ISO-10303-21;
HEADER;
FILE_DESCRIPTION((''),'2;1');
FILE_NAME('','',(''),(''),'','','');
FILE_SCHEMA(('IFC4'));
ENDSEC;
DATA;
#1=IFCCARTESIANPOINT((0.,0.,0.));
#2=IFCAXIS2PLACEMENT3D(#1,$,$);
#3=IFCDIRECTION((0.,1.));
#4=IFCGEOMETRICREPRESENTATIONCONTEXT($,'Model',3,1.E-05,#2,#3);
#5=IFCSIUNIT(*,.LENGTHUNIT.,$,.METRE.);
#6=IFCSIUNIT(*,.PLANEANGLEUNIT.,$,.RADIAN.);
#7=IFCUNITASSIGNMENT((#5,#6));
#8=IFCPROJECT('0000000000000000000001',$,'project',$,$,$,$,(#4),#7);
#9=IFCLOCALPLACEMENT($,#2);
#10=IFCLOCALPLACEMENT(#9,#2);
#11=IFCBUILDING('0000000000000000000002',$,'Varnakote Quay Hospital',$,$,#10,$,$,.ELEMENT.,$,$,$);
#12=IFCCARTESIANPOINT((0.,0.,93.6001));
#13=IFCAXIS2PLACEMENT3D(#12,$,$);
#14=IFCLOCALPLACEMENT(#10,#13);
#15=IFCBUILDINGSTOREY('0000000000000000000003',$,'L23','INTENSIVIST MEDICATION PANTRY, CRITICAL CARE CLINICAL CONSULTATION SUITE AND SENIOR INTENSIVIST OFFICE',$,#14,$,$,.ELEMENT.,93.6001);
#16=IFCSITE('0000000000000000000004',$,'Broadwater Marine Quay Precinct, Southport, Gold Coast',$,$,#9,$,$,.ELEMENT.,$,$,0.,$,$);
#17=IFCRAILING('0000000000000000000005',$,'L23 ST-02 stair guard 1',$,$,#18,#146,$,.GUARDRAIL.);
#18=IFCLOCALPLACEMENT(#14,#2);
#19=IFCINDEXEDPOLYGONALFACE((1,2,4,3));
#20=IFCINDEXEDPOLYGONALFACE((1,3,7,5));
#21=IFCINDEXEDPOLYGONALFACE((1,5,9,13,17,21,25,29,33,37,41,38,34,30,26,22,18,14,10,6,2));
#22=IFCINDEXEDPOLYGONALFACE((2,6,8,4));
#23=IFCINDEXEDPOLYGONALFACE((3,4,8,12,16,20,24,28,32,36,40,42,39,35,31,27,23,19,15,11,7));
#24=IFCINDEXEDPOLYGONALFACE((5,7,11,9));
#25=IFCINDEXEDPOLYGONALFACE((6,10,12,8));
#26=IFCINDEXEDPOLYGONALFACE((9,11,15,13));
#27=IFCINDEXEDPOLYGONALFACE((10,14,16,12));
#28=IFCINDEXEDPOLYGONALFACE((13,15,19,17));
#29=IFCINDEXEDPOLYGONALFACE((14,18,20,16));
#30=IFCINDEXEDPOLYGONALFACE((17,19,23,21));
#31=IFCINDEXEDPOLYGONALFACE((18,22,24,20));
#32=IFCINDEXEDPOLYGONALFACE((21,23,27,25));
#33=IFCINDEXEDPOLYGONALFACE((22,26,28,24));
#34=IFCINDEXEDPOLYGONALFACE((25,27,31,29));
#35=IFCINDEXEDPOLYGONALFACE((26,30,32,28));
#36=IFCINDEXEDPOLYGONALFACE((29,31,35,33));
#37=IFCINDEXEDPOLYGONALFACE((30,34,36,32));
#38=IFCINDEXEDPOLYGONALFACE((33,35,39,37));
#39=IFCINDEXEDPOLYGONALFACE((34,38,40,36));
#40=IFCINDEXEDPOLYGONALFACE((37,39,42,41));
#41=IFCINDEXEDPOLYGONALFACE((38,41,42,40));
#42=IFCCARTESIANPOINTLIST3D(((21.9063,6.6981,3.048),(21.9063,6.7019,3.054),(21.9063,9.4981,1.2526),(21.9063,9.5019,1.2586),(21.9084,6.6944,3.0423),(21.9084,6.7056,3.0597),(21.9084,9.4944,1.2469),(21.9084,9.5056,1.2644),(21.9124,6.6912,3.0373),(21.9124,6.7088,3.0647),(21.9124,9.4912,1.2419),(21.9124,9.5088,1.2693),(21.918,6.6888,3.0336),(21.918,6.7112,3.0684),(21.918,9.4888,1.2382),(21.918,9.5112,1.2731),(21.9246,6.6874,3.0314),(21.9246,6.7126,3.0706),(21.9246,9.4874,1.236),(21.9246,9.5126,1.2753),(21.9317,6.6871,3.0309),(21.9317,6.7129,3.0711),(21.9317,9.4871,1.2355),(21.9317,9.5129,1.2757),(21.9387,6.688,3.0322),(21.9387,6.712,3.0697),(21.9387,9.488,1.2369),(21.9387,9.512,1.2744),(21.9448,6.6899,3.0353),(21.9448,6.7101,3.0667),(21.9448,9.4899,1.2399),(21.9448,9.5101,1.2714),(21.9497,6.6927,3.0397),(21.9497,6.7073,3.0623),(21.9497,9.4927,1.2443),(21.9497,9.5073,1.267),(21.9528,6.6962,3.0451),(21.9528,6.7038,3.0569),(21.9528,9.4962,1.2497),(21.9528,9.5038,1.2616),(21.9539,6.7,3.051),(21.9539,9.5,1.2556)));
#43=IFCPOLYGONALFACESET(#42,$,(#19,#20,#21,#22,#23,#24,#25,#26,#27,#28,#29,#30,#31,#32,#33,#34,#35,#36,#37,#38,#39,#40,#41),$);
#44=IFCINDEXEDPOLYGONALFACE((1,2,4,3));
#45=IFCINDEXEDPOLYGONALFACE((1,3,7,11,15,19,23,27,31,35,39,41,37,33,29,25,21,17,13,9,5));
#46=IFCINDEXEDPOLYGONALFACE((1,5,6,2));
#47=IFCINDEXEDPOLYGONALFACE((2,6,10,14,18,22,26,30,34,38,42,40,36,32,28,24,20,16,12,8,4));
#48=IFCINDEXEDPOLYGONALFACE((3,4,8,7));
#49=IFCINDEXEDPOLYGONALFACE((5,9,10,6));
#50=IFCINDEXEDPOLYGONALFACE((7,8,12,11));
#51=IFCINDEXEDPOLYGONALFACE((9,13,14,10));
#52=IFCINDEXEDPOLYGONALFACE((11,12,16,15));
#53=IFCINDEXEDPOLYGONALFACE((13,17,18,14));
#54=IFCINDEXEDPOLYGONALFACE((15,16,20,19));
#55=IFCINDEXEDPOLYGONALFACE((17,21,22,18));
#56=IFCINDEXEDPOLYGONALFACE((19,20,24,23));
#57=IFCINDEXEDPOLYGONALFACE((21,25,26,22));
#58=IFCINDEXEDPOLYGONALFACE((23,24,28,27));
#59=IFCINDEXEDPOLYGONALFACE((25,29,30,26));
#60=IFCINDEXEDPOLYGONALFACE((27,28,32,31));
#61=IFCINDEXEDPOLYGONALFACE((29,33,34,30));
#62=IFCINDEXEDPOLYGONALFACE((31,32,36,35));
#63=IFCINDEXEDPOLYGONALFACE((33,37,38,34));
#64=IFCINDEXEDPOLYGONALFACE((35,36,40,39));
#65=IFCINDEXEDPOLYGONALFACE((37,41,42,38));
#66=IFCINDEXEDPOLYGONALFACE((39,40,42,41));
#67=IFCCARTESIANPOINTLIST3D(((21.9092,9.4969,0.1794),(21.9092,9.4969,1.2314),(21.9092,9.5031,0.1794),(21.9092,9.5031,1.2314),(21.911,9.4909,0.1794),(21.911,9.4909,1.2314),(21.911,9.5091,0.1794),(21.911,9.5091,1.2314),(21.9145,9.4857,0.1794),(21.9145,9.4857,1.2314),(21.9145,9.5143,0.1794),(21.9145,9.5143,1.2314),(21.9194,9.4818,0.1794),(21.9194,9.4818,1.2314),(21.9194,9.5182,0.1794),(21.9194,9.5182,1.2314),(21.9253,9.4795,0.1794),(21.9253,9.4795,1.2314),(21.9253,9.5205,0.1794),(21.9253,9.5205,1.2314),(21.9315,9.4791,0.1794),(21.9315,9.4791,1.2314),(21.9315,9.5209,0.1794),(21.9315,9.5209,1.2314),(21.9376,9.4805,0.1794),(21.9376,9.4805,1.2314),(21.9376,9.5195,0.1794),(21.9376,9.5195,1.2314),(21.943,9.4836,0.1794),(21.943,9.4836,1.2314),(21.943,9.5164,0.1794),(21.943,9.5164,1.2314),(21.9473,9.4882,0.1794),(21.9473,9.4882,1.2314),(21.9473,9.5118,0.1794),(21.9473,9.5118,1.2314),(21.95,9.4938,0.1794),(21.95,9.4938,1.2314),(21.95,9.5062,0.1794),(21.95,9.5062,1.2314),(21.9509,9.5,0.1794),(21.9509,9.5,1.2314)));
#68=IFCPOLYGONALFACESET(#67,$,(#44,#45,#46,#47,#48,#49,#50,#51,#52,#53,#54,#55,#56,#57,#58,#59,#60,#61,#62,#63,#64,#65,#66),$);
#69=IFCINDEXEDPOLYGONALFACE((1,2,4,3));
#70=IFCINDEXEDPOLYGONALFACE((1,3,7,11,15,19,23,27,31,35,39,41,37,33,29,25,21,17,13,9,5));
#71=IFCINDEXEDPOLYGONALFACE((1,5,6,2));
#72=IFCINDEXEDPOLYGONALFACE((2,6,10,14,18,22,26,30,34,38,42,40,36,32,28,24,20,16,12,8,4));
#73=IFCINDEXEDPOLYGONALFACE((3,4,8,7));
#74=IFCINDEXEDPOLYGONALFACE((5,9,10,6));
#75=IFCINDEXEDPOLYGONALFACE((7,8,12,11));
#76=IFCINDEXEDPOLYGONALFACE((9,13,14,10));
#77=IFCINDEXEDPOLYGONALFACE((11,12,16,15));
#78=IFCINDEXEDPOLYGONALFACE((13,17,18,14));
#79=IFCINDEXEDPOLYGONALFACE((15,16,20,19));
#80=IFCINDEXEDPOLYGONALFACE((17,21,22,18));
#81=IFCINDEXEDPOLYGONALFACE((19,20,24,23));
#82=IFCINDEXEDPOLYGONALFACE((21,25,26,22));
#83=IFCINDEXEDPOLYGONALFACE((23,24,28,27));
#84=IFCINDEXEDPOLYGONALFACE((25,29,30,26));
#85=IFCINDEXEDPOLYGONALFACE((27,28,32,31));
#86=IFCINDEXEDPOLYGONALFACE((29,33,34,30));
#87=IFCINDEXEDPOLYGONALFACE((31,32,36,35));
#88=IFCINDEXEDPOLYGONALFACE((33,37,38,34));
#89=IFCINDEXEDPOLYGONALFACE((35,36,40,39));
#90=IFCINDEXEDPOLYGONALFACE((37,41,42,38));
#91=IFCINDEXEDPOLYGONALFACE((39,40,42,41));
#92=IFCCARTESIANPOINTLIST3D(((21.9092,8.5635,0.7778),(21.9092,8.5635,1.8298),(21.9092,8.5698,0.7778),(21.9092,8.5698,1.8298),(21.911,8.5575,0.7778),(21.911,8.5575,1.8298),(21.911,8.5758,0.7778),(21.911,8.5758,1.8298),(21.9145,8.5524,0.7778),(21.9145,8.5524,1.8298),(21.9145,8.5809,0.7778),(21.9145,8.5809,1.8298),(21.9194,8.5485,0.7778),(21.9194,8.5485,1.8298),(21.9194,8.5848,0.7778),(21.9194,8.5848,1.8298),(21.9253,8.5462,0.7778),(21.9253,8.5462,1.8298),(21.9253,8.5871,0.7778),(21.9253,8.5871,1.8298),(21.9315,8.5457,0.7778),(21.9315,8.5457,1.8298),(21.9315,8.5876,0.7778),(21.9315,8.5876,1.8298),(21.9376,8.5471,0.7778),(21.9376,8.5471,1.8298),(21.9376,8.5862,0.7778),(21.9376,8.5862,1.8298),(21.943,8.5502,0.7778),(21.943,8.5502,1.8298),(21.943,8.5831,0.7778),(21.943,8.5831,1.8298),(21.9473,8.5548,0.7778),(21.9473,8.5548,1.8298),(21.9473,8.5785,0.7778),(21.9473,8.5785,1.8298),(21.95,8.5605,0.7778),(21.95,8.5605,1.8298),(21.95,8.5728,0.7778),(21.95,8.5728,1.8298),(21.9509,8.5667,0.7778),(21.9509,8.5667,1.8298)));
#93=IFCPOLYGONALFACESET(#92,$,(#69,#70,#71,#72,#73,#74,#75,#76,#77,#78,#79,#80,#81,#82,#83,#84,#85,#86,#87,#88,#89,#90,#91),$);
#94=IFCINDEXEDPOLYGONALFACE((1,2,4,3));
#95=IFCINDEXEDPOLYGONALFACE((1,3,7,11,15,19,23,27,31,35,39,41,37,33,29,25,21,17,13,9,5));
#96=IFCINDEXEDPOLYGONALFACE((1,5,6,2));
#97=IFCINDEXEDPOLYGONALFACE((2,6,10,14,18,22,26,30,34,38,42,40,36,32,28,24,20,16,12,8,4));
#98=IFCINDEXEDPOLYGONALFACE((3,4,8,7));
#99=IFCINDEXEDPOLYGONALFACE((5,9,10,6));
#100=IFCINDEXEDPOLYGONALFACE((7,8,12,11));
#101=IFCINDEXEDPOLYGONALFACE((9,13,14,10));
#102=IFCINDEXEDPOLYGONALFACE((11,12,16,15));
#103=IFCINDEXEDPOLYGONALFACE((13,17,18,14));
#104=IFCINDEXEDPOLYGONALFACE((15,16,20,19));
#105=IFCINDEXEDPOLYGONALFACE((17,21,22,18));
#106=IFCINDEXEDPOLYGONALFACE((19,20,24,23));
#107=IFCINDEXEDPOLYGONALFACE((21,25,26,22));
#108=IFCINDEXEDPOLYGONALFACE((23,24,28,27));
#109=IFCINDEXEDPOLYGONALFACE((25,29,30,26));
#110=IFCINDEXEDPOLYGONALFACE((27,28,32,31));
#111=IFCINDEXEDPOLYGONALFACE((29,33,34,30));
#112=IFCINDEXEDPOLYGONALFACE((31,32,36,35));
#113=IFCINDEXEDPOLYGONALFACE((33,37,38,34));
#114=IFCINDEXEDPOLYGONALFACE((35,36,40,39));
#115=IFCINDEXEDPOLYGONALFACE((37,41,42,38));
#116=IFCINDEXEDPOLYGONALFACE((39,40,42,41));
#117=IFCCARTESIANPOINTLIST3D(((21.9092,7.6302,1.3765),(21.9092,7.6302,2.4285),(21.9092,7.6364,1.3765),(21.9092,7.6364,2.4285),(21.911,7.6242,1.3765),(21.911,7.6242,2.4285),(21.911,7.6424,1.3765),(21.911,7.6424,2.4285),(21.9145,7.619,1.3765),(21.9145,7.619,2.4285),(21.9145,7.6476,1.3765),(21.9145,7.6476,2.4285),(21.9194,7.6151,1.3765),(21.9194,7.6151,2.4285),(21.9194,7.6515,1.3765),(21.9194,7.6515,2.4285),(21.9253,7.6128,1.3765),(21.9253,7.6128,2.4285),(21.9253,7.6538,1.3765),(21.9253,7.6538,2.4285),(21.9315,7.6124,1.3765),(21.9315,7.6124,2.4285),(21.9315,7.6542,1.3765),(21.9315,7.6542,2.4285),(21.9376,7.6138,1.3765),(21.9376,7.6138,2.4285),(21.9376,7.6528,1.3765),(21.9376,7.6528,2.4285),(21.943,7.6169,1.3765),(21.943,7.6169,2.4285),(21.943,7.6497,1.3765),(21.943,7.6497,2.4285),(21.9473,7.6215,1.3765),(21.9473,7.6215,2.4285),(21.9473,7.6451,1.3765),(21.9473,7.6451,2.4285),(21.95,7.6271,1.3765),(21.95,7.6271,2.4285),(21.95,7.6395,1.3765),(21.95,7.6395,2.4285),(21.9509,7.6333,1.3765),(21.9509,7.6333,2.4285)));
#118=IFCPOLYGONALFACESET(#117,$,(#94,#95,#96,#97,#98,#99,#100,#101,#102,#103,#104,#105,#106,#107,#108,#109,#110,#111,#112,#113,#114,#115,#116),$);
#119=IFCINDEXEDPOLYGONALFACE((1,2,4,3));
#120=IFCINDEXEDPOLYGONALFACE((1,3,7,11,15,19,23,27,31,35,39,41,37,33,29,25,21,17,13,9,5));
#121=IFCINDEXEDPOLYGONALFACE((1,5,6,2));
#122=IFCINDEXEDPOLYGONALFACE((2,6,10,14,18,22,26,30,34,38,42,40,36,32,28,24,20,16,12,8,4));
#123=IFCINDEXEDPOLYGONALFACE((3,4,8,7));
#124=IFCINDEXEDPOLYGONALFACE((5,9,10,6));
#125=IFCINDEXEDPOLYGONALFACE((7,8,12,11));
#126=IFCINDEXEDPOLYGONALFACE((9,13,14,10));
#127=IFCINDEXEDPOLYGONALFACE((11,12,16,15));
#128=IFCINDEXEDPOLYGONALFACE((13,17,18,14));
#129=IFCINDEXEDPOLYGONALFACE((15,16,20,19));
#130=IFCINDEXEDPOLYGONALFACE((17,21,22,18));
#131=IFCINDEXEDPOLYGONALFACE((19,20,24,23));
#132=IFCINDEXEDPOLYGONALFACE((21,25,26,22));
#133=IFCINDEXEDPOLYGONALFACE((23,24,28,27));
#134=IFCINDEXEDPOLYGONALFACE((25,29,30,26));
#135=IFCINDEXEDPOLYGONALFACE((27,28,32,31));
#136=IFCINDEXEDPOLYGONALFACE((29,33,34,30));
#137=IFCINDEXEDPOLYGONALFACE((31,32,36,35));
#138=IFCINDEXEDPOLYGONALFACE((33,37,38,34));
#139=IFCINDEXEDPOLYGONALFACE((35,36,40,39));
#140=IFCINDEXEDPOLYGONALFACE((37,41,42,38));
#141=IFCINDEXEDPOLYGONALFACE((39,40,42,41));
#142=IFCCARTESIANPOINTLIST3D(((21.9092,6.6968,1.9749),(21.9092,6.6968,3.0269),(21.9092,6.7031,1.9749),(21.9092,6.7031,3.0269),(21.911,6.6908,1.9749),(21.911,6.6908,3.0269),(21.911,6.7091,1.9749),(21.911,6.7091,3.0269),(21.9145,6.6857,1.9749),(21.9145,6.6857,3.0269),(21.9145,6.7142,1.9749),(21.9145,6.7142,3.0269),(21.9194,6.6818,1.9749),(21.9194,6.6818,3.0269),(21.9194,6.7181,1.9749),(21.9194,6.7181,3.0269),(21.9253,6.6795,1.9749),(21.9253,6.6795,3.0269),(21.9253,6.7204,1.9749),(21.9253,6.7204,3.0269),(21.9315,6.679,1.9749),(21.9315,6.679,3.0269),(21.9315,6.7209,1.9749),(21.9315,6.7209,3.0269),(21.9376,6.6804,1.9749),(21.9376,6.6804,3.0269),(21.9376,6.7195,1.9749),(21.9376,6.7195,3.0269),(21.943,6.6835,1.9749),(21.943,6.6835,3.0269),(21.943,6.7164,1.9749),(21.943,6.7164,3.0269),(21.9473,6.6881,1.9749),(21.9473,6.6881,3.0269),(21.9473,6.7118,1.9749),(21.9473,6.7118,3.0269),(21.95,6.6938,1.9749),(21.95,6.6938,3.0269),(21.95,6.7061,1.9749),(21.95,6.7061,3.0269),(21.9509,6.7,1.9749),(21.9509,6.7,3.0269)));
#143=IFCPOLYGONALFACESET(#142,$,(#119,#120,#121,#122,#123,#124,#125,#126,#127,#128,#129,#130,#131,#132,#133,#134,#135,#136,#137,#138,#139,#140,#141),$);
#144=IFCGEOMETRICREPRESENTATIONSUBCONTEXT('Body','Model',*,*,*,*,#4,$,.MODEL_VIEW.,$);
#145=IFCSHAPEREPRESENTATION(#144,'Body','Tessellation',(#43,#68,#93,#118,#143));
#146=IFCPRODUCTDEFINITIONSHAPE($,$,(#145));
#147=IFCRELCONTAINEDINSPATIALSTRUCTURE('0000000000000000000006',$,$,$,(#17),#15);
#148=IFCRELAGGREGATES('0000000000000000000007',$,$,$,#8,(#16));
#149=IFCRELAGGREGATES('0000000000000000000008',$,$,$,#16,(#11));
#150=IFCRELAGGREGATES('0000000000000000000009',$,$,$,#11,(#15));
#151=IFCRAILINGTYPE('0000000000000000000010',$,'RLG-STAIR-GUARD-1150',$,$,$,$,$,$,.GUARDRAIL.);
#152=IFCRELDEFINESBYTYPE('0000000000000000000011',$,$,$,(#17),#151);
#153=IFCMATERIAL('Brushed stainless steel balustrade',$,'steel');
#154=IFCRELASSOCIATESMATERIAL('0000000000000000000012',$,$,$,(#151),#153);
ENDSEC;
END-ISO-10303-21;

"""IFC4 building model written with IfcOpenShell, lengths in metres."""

from ifc_helpers import new_model, si_unit, direction, frame, origin, origin_2d, place, context, subcontext, project, spatial, circle, extrude, material, type_object, element, save


model = new_model("IFC4")

# Units and contexts
model_context = context("Model", 3, precision=1e-05, world=origin(), true_north=direction((0.0, 1.0)))
body_context = subcontext(model_context, "Body", "Model", "MODEL_VIEW")
ifc_project = project(units=[si_unit("LENGTHUNIT", "METRE"), si_unit("PLANEANGLEUNIT", "RADIAN")], contexts=[model_context])

# Site, building, storey
site_placement = place(None, origin())
site = spatial("IfcSite", under=ifc_project, at=site_placement, Name="Broadwater Marine Quay Precinct, Southport, Gold Coast", CompositionType="ELEMENT", RefElevation=0.0)
building_placement = place(site_placement, origin())
building = spatial("IfcBuilding", under=site, at=building_placement, Name="Varnakote Quay Hospital", CompositionType="ELEMENT")
storey_placement = place(building_placement, frame((0.0, 0.0, 93.6001)))
storey = spatial("IfcBuildingStorey", under=building, at=storey_placement, Name="L23", Description="INTENSIVIST MEDICATION PANTRY, CRITICAL CARE CLINICAL CONSULTATION SUITE AND SENIOR INTENSIVIST OFFICE", CompositionType="ELEMENT", Elevation=93.6001)

# Railing
ifc_material_1 = material(Name="Brushed stainless steel balustrade", Category="steel")
railing_type_1 = type_object("IfcRailingType", Name="RLG-STAIR-GUARD-1150", PredefinedType="GUARDRAIL", material=ifc_material_1)
railing_1_placement = place(storey_placement, frame((21.9299, 9.5, 0.1794)))
element("IfcRailing", 1, at=railing_1_placement, inside=storey, type_object=railing_type_1, Name="L23 ST-02 stair guard 1", PredefinedType="GUARDRAIL", context=body_context, shape_type="SweptSolid", body=[
    extrude(circle(Radius=0.0239, at=origin_2d()), frame((0.0, 0.0, 1.0762), z_axis=(0.0, -0.84181, 0.539774), x_axis=(1.0, 0.0, 0.0)), (0.0, 0.0, 1.0), 3.3262),
    extrude(circle(Radius=0.021, at=origin_2d()), origin(), (0.0, 0.0, 1.0), 1.052),
    extrude(circle(Radius=0.021, at=origin_2d()), frame((0.0, -0.9333, 0.5984)), (0.0, 0.0, 1.0), 1.052),
    extrude(circle(Radius=0.021, at=origin_2d()), frame((0.0, -1.8667, 1.197)), (0.0, 0.0, 1.0), 1.052),
    extrude(circle(Radius=0.021, at=origin_2d()), frame((0.0, -2.8, 1.7954)), (0.0, 0.0, 1.0), 1.052),
])

save(model, "model.ifc")
